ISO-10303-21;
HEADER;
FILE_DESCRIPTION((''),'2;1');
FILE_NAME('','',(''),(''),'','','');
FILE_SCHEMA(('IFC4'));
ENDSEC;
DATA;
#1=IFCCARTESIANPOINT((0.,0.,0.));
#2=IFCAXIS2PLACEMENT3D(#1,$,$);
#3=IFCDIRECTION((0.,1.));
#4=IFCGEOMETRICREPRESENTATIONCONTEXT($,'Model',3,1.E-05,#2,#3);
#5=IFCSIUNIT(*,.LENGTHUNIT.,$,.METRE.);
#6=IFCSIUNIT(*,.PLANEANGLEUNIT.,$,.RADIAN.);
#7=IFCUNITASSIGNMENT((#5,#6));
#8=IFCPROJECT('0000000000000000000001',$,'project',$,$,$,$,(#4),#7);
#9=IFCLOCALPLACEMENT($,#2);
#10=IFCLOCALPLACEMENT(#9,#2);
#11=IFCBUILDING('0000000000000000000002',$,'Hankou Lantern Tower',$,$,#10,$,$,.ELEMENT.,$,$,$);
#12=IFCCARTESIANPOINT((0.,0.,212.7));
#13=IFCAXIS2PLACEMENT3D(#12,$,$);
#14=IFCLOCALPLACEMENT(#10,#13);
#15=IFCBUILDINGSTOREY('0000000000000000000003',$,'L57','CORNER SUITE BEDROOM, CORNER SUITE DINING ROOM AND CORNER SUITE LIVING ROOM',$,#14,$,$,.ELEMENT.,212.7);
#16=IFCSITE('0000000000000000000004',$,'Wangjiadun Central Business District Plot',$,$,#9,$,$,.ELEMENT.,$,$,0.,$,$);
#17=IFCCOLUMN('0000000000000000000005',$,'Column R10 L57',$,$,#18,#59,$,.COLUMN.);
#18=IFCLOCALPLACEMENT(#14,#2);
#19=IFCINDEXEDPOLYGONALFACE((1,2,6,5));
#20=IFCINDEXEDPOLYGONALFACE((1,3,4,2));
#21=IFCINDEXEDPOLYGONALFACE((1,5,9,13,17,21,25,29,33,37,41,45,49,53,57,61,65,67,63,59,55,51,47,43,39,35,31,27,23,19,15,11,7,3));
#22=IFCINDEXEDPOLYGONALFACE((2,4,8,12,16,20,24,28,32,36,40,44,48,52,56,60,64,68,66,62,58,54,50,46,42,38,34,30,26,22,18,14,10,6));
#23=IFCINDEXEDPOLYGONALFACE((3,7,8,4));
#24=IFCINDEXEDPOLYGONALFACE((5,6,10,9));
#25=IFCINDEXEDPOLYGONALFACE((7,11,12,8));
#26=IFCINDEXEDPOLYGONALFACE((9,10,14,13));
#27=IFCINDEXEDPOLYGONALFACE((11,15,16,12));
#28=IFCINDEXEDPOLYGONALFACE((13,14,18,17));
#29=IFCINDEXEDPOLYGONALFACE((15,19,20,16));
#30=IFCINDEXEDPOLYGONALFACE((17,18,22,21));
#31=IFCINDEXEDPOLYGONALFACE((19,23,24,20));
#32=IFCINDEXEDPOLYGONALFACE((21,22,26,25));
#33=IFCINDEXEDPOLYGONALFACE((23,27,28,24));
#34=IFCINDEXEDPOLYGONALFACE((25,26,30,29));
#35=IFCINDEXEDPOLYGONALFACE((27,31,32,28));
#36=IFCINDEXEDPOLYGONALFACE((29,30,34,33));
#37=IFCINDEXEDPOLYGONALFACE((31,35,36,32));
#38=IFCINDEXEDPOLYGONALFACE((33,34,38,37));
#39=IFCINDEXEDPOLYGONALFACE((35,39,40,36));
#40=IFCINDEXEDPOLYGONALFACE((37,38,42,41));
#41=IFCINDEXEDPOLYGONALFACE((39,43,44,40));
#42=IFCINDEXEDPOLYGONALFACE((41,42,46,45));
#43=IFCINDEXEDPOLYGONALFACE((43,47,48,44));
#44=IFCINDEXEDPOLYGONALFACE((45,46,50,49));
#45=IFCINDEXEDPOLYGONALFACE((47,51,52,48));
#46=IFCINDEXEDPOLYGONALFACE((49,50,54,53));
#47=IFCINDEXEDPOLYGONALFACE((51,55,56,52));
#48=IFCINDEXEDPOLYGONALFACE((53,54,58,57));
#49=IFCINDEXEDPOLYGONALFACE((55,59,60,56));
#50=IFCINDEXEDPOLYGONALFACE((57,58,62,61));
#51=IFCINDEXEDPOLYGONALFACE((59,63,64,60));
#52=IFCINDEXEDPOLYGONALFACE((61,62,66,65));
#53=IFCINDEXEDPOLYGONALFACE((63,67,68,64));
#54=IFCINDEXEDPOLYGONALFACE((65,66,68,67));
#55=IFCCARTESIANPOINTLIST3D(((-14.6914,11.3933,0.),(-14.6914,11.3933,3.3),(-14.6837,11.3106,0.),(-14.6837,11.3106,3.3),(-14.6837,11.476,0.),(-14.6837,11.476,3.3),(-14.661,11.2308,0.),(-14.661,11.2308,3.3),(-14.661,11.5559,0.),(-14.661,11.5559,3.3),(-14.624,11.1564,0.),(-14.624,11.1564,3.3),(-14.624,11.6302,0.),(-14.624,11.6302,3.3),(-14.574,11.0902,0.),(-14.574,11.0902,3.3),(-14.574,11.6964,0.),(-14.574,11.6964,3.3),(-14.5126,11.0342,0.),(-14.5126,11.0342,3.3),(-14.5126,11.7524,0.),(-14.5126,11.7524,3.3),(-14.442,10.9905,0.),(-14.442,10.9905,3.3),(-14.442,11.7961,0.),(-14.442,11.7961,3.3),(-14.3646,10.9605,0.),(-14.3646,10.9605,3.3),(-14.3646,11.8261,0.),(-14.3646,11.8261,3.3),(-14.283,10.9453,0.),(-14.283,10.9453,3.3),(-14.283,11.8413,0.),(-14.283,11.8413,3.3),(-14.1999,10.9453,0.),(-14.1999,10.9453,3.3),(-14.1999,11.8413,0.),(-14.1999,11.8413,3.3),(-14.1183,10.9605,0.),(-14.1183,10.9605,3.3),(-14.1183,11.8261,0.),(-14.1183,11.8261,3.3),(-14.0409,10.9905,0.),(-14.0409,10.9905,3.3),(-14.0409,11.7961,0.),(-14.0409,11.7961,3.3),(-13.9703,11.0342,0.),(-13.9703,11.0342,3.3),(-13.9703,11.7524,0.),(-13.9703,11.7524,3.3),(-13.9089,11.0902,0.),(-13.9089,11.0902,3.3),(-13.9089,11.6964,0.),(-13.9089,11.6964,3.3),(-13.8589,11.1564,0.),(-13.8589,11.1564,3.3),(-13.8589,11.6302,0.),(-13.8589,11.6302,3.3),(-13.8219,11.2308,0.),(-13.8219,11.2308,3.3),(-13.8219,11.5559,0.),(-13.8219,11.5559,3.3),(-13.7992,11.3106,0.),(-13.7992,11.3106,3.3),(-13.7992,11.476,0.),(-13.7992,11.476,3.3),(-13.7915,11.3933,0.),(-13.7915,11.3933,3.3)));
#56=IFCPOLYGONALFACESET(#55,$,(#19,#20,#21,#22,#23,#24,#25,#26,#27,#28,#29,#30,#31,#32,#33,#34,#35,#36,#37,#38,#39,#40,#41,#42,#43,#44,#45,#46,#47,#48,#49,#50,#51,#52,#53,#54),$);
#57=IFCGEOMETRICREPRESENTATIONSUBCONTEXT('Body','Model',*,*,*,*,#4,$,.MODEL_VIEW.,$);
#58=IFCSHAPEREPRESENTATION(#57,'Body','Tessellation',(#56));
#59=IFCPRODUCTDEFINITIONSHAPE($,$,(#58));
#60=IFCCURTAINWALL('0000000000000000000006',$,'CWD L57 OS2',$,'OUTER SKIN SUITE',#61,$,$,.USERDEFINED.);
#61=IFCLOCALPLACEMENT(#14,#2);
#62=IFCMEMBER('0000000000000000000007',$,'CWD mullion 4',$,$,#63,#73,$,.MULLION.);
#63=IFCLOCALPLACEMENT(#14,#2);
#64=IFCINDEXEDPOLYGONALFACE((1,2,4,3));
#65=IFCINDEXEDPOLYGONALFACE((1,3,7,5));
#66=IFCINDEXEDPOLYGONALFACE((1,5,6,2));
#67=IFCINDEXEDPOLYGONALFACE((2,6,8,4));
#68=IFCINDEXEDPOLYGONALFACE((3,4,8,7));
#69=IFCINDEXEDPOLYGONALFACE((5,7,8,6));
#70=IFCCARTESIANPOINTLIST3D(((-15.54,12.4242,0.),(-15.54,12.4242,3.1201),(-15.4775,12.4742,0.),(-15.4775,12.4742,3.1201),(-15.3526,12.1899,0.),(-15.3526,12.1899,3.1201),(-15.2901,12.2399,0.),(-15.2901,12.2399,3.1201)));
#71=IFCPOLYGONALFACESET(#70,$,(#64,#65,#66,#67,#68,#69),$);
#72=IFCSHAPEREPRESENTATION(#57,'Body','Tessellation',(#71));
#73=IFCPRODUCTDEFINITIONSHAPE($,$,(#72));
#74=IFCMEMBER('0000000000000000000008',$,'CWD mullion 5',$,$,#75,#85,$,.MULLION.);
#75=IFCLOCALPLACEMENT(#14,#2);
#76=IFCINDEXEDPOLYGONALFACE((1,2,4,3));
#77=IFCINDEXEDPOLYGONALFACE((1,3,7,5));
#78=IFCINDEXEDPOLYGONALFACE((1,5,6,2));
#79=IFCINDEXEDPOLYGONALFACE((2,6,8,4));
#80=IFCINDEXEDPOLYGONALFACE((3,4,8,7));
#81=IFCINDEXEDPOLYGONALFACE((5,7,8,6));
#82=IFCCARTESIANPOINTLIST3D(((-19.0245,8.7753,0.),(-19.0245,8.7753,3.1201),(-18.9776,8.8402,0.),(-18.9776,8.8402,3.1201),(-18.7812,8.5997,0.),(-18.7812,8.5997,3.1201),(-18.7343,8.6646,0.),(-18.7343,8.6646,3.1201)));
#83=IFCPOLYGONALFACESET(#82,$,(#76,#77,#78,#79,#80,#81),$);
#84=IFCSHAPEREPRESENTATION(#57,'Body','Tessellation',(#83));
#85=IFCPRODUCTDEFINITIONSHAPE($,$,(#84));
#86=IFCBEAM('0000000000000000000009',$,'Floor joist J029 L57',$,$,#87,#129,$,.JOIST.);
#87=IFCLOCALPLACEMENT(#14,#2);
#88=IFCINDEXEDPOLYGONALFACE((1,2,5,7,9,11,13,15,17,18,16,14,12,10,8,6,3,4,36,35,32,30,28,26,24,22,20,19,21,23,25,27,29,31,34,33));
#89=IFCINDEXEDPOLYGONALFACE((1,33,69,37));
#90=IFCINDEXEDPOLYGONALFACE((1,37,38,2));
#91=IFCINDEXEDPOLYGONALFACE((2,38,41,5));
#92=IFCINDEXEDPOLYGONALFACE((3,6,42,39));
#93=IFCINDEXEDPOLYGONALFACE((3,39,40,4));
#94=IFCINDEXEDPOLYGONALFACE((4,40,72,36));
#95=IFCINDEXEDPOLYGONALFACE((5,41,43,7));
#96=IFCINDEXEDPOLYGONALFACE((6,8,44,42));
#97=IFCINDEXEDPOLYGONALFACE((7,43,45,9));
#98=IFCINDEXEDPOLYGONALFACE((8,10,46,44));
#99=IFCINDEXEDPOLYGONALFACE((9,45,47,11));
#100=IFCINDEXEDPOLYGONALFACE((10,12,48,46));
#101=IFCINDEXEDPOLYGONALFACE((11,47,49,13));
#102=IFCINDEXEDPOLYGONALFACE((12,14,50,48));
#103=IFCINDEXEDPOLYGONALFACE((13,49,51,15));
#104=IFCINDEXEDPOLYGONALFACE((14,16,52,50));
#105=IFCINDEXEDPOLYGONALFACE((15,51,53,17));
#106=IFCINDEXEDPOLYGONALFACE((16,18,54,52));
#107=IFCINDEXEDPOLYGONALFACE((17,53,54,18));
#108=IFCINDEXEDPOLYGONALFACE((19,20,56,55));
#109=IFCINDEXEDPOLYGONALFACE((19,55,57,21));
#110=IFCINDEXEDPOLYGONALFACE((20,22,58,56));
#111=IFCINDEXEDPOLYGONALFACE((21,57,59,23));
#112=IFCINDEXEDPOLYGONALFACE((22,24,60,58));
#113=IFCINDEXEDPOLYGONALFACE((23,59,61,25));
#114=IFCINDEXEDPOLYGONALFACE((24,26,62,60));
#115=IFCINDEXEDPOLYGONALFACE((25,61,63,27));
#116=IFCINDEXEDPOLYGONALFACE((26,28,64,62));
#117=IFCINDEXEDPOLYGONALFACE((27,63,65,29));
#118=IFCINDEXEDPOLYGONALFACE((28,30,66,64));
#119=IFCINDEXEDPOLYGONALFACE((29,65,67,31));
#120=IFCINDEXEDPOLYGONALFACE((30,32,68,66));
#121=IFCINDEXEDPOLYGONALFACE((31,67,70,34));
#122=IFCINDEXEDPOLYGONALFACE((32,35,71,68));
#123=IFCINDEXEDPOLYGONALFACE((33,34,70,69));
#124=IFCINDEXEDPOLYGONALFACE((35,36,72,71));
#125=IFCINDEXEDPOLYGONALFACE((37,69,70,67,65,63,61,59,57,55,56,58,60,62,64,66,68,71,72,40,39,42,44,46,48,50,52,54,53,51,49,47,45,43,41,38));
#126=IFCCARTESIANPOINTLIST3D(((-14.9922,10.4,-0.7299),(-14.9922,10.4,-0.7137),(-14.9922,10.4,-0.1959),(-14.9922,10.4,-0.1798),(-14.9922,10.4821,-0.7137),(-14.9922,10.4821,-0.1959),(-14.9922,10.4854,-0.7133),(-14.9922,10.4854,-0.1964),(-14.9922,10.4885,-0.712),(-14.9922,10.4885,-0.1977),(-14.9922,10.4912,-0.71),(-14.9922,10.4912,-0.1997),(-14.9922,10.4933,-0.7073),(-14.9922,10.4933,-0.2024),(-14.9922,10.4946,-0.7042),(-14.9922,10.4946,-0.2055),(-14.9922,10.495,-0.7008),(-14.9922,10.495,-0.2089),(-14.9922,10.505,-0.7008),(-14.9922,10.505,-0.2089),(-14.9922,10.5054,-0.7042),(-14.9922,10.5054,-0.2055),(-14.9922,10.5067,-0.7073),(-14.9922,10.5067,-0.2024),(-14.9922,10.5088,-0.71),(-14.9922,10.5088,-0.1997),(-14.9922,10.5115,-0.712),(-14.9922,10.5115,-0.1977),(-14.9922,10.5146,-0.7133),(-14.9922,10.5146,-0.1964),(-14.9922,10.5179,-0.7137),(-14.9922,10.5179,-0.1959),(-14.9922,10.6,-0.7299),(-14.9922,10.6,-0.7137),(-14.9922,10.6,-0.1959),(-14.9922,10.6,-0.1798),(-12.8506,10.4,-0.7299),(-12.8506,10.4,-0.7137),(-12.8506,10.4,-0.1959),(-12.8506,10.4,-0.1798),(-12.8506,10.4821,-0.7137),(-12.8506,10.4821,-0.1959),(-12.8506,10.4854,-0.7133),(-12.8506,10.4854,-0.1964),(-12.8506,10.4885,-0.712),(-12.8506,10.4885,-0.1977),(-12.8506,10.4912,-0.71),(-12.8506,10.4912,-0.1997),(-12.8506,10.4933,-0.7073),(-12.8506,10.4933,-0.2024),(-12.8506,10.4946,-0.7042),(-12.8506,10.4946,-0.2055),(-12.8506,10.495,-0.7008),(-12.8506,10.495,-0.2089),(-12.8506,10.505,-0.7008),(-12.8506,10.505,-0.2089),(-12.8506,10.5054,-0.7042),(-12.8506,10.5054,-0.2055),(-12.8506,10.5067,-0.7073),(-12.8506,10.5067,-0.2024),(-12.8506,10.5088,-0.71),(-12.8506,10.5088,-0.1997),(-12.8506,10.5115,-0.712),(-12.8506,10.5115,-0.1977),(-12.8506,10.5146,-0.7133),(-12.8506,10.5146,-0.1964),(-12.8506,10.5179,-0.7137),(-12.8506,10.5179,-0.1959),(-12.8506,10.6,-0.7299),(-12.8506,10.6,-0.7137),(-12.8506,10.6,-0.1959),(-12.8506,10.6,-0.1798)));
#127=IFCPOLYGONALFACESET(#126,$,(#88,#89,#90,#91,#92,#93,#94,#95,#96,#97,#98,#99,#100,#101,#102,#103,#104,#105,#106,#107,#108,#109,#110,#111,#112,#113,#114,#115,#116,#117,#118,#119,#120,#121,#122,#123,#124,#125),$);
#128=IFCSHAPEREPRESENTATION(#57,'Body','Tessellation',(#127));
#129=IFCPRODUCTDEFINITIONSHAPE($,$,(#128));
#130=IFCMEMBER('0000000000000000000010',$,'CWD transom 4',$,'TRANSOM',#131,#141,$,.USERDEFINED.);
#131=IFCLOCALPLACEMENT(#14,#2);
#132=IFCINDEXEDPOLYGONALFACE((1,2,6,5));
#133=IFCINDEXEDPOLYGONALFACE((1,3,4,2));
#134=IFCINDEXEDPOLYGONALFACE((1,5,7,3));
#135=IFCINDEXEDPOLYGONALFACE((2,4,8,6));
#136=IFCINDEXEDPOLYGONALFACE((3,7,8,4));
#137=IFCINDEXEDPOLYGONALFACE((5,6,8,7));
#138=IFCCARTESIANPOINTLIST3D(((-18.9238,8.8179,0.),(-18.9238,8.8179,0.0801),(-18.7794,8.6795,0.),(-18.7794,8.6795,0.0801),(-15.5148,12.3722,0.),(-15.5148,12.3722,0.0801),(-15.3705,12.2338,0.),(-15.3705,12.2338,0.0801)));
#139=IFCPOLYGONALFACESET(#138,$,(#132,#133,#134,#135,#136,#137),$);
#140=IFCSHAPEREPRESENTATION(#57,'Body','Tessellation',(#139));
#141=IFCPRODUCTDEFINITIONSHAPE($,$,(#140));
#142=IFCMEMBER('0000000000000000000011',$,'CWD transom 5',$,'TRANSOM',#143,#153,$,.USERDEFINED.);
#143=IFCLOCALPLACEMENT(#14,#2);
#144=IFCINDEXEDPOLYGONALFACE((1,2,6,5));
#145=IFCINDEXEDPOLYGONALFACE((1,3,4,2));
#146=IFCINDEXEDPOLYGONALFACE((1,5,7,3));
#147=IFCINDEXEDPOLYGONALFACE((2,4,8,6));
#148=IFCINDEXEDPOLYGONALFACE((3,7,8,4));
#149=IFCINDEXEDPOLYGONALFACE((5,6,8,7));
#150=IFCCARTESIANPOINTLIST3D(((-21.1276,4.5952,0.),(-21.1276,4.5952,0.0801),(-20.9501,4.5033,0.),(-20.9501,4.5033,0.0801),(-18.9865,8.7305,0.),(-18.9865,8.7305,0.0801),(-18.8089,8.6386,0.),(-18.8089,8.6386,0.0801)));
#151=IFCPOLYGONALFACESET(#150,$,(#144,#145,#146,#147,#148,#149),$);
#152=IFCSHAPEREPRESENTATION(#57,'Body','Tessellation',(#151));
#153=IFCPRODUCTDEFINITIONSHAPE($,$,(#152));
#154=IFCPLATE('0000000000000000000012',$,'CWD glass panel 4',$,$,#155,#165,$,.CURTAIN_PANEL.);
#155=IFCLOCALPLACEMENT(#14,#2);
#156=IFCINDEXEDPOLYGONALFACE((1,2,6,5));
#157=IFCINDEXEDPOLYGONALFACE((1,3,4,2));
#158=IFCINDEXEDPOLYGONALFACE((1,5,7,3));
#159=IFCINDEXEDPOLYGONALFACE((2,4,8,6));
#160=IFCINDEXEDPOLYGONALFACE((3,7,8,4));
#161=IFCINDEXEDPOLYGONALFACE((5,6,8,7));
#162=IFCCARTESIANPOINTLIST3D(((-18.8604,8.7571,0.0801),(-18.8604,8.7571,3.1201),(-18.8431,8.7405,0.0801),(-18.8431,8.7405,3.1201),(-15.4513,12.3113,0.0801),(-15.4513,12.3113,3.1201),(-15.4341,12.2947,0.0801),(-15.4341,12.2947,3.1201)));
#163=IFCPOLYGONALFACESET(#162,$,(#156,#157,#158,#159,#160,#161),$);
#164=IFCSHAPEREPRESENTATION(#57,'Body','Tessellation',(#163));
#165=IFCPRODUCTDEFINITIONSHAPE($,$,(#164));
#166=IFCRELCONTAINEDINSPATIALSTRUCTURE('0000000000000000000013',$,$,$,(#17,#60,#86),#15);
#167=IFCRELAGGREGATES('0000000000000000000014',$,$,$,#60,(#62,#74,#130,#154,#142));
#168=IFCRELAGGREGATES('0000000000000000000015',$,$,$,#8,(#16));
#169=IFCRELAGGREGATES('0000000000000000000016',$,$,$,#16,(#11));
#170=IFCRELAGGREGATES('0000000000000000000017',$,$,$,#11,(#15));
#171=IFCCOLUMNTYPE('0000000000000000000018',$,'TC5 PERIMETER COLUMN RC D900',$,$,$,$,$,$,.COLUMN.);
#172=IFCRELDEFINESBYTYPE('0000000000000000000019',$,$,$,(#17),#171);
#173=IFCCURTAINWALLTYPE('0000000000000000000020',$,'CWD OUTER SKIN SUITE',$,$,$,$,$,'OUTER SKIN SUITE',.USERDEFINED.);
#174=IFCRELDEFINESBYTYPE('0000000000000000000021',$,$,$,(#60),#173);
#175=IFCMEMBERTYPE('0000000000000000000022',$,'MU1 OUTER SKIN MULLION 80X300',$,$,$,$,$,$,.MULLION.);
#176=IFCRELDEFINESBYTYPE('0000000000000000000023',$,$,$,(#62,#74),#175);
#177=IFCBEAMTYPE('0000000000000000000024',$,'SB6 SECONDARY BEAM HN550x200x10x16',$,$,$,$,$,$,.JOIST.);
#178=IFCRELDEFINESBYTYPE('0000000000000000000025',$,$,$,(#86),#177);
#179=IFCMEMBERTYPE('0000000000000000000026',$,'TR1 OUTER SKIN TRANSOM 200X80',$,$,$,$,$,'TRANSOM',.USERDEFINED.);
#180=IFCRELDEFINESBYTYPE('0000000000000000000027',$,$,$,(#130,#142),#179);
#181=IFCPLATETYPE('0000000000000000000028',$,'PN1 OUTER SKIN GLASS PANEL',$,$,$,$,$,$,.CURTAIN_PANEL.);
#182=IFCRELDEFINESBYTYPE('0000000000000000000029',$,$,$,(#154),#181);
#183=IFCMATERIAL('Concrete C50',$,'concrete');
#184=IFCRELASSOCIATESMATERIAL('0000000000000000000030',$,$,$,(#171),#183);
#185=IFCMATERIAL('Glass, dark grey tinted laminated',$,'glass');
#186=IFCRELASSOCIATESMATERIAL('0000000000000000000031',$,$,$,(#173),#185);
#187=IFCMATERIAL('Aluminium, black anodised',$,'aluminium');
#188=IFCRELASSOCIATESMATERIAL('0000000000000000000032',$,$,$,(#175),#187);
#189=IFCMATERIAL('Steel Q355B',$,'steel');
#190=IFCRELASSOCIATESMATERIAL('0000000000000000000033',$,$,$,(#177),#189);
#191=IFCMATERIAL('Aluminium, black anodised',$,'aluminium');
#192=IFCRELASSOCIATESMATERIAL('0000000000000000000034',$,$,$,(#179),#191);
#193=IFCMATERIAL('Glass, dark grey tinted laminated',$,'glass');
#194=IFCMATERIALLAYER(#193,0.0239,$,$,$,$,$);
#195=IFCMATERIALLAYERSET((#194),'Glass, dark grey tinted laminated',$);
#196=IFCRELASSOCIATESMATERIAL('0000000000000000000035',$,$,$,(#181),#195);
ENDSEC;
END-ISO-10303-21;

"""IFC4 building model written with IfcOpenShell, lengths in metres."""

from ifc_helpers import new_model, si_unit, direction, frame, origin, origin_2d, place, context, subcontext, project, spatial, rectangle, circle, i_section, extrude, material, layer, layer_set, material_profile, profile_set, type_object, element, aggregate, save


model = new_model("IFC4")

# Units and contexts
model_context = context("Model", 3, precision=1e-05, world=origin(), true_north=direction((0.0, 1.0)))
body_context = subcontext(model_context, "Body", "Model", "MODEL_VIEW")
ifc_project = project(units=[si_unit("LENGTHUNIT", "METRE"), si_unit("PLANEANGLEUNIT", "RADIAN")], contexts=[model_context])

# Site, building, storey
site_placement = place(None, origin())
site = spatial("IfcSite", under=ifc_project, at=site_placement, Name="Wangjiadun Central Business District Plot", CompositionType="ELEMENT", RefElevation=0.0)
building_placement = place(site_placement, origin())
building = spatial("IfcBuilding", under=site, at=building_placement, Name="Hankou Lantern Tower", CompositionType="ELEMENT")
storey_placement = place(building_placement, frame((0.0, 0.0, 212.7)))
storey = spatial("IfcBuildingStorey", under=building, at=storey_placement, Name="L57", Description="CORNER SUITE BEDROOM, CORNER SUITE DINING ROOM AND CORNER SUITE LIVING ROOM", CompositionType="ELEMENT", Elevation=212.7)

# Column
ifc_material_1 = material(Name="Concrete C50", Category="concrete")
ifc_material_profile_1 = material_profile(ifc_material_1, circle(Radius=0.45, at=origin_2d()), Name="RC D900")
ifc_profile_set_1 = profile_set([ifc_material_profile_1], Name="Concrete C50")
column_type = type_object("IfcColumnType", Name="TC5 PERIMETER COLUMN RC D900", PredefinedType="COLUMN", material=ifc_profile_set_1)
column_placement = place(storey_placement, frame((-14.2415, 11.3933, 0.0), z_axis=(0.0, 0.0, 1.0), x_axis=(1.0, 0.0, 0.0)))
element("IfcColumn", 1, at=column_placement, inside=storey, type_object=column_type, Name="Column R10 L57", PredefinedType="COLUMN", context=body_context, shape_type="SweptSolid", body=[
    extrude(circle(Radius=0.45, at=origin_2d()), origin(), (0.0, 0.0, 1.0), 3.3),
])

# Curtain wall, members
ifc_material_2 = material(Name="Glass, dark grey tinted laminated", Category="glass")
curtain_wall_type = type_object("IfcCurtainWallType", Name="CWD OUTER SKIN SUITE", ElementType="OUTER SKIN SUITE", PredefinedType="USERDEFINED", material=ifc_material_2)
curtain_wall_placement = place(storey_placement, origin())
curtain_wall = element("IfcCurtainWall", 2, at=curtain_wall_placement, inside=storey, type_object=curtain_wall_type, Name="CWD L57 OS2", ObjectType="OUTER SKIN SUITE", PredefinedType="USERDEFINED")
ifc_material_3 = material(Name="Aluminium, black anodised", Category="aluminium")
ifc_material_profile_2 = material_profile(ifc_material_3, rectangle(XDim=0.0801, YDim=0.3, at=origin_2d()), Name="MU1 80X300")
ifc_profile_set_2 = profile_set([ifc_material_profile_2], Name="Aluminium, black anodised")
member_type_1 = type_object("IfcMemberType", Name="MU1 OUTER SKIN MULLION 80X300", PredefinedType="MULLION", material=ifc_profile_set_2)
member_1_placement = place(storey_placement, frame((-15.415, 12.332, 0.0), z_axis=(0.0, 0.0, 1.0), x_axis=(-0.780869, -0.624695, 0.0)))
member_1 = element("IfcMember", 3, at=member_1_placement, type_object=member_type_1, Name="CWD mullion 4", PredefinedType="MULLION", context=body_context, shape_type="SweptSolid", body=[
    extrude(rectangle(XDim=0.0801, YDim=0.3, at=origin_2d()), origin(), (0.0, 0.0, 1.0), 3.1201),
])
member_2_placement = place(storey_placement, frame((-18.8794, 8.72, 0.0), z_axis=(0.0, 0.0, 1.0), x_axis=(-0.585206, -0.810885, 0.0)))
member_2 = element("IfcMember", 4, at=member_2_placement, type_object=member_type_1, Name="CWD mullion 5", PredefinedType="MULLION", context=body_context, shape_type="SweptSolid", body=[
    extrude(rectangle(XDim=0.0801, YDim=0.3, at=origin_2d()), origin(), (0.0, 0.0, 1.0), 3.1201),
])

# Beam
ifc_material_4 = material(Name="Steel Q355B", Category="steel")
ifc_material_profile_3 = material_profile(ifc_material_4, i_section(OverallWidth=0.2, OverallDepth=0.55, WebThickness=0.01, FlangeThickness=0.0161, FilletRadius=0.0129, at=origin_2d()), Name="HN550x200x10x16")
ifc_profile_set_3 = profile_set([ifc_material_profile_3], Name="Steel Q355B")
beam_type = type_object("IfcBeamType", Name="SB6 SECONDARY BEAM HN550x200x10x16", PredefinedType="JOIST", material=ifc_profile_set_3)
beam_placement = place(storey_placement, frame((-14.9922, 10.5, -0.4548), z_axis=(1.0, 0.0, 0.0), x_axis=(0.0, 1.0, 0.0)))
element("IfcBeam", 5, at=beam_placement, inside=storey, type_object=beam_type, Name="Floor joist J029 L57", PredefinedType="JOIST", context=body_context, shape_type="SweptSolid", body=[
    extrude(i_section(OverallWidth=0.2, OverallDepth=0.55, WebThickness=0.01, FlangeThickness=0.0161, FilletRadius=0.0129, at=origin_2d()), origin(), (0.0, 0.0, 1.0), 2.1416),
])

# Members
ifc_material_5 = material(Name="Aluminium, black anodised", Category="aluminium")
ifc_material_profile_4 = material_profile(ifc_material_5, rectangle(XDim=0.2, YDim=0.0801, at=origin_2d()), Name="TR1 200X80")
ifc_profile_set_4 = profile_set([ifc_material_profile_4], Name="Aluminium, black anodised")
member_type_2 = type_object("IfcMemberType", Name="TR1 OUTER SKIN TRANSOM 200X80", ElementType="TRANSOM", PredefinedType="USERDEFINED", material=ifc_profile_set_4)
member_3_placement = place(storey_placement, frame((-15.4426, 12.303, 0.04), z_axis=(-0.692205, -0.721701, 0.0), x_axis=(0.721701, -0.692205, 0.0)))
member_3 = element("IfcMember", 6, at=member_3_placement, type_object=member_type_2, Name="CWD transom 4", ObjectType="TRANSOM", PredefinedType="USERDEFINED", context=body_context, shape_type="SweptSolid", body=[
    extrude(rectangle(XDim=0.2, YDim=0.0801, at=origin_2d()), origin(), (0.0, 0.0, 1.0), 4.9248),
])
member_4_placement = place(storey_placement, frame((-18.8977, 8.6846, 0.04), z_axis=(-0.459794, -0.888026, 0.0), x_axis=(0.888026, -0.459794, 0.0)))
member_4 = element("IfcMember", 7, at=member_4_placement, type_object=member_type_2, Name="CWD transom 5", ObjectType="TRANSOM", PredefinedType="USERDEFINED", context=body_context, shape_type="SweptSolid", body=[
    extrude(rectangle(XDim=0.2, YDim=0.0801, at=origin_2d()), origin(), (0.0, 0.0, 1.0), 4.6567),
])

# Plate
ifc_material_6 = material(Name="Glass, dark grey tinted laminated", Category="glass")
ifc_layer_1 = layer(ifc_material_6, 0.0239)
ifc_layer_set_1 = layer_set([ifc_layer_1], Name="Glass, dark grey tinted laminated")
plate_type = type_object("IfcPlateType", Name="PN1 OUTER SKIN GLASS PANEL", PredefinedType="CURTAIN_PANEL", material=ifc_layer_set_1)
plate_placement = place(storey_placement, frame((-17.1472, 10.5259, 0.0801), z_axis=(0.0, 0.0, 1.0), x_axis=(-0.692216, -0.721691, 0.0)))
plate = element("IfcPlate", 8, at=plate_placement, type_object=plate_type, Name="CWD glass panel 4", PredefinedType="CURTAIN_PANEL", context=body_context, shape_type="SweptSolid", body=[
    extrude(rectangle(XDim=4.9248, YDim=0.0239, at=origin_2d()), origin(), (0.0, 0.0, 1.0), 3.04),
])
aggregate(curtain_wall, [member_1, member_2, member_3, plate, member_4])

save(model, "model.ifc")
